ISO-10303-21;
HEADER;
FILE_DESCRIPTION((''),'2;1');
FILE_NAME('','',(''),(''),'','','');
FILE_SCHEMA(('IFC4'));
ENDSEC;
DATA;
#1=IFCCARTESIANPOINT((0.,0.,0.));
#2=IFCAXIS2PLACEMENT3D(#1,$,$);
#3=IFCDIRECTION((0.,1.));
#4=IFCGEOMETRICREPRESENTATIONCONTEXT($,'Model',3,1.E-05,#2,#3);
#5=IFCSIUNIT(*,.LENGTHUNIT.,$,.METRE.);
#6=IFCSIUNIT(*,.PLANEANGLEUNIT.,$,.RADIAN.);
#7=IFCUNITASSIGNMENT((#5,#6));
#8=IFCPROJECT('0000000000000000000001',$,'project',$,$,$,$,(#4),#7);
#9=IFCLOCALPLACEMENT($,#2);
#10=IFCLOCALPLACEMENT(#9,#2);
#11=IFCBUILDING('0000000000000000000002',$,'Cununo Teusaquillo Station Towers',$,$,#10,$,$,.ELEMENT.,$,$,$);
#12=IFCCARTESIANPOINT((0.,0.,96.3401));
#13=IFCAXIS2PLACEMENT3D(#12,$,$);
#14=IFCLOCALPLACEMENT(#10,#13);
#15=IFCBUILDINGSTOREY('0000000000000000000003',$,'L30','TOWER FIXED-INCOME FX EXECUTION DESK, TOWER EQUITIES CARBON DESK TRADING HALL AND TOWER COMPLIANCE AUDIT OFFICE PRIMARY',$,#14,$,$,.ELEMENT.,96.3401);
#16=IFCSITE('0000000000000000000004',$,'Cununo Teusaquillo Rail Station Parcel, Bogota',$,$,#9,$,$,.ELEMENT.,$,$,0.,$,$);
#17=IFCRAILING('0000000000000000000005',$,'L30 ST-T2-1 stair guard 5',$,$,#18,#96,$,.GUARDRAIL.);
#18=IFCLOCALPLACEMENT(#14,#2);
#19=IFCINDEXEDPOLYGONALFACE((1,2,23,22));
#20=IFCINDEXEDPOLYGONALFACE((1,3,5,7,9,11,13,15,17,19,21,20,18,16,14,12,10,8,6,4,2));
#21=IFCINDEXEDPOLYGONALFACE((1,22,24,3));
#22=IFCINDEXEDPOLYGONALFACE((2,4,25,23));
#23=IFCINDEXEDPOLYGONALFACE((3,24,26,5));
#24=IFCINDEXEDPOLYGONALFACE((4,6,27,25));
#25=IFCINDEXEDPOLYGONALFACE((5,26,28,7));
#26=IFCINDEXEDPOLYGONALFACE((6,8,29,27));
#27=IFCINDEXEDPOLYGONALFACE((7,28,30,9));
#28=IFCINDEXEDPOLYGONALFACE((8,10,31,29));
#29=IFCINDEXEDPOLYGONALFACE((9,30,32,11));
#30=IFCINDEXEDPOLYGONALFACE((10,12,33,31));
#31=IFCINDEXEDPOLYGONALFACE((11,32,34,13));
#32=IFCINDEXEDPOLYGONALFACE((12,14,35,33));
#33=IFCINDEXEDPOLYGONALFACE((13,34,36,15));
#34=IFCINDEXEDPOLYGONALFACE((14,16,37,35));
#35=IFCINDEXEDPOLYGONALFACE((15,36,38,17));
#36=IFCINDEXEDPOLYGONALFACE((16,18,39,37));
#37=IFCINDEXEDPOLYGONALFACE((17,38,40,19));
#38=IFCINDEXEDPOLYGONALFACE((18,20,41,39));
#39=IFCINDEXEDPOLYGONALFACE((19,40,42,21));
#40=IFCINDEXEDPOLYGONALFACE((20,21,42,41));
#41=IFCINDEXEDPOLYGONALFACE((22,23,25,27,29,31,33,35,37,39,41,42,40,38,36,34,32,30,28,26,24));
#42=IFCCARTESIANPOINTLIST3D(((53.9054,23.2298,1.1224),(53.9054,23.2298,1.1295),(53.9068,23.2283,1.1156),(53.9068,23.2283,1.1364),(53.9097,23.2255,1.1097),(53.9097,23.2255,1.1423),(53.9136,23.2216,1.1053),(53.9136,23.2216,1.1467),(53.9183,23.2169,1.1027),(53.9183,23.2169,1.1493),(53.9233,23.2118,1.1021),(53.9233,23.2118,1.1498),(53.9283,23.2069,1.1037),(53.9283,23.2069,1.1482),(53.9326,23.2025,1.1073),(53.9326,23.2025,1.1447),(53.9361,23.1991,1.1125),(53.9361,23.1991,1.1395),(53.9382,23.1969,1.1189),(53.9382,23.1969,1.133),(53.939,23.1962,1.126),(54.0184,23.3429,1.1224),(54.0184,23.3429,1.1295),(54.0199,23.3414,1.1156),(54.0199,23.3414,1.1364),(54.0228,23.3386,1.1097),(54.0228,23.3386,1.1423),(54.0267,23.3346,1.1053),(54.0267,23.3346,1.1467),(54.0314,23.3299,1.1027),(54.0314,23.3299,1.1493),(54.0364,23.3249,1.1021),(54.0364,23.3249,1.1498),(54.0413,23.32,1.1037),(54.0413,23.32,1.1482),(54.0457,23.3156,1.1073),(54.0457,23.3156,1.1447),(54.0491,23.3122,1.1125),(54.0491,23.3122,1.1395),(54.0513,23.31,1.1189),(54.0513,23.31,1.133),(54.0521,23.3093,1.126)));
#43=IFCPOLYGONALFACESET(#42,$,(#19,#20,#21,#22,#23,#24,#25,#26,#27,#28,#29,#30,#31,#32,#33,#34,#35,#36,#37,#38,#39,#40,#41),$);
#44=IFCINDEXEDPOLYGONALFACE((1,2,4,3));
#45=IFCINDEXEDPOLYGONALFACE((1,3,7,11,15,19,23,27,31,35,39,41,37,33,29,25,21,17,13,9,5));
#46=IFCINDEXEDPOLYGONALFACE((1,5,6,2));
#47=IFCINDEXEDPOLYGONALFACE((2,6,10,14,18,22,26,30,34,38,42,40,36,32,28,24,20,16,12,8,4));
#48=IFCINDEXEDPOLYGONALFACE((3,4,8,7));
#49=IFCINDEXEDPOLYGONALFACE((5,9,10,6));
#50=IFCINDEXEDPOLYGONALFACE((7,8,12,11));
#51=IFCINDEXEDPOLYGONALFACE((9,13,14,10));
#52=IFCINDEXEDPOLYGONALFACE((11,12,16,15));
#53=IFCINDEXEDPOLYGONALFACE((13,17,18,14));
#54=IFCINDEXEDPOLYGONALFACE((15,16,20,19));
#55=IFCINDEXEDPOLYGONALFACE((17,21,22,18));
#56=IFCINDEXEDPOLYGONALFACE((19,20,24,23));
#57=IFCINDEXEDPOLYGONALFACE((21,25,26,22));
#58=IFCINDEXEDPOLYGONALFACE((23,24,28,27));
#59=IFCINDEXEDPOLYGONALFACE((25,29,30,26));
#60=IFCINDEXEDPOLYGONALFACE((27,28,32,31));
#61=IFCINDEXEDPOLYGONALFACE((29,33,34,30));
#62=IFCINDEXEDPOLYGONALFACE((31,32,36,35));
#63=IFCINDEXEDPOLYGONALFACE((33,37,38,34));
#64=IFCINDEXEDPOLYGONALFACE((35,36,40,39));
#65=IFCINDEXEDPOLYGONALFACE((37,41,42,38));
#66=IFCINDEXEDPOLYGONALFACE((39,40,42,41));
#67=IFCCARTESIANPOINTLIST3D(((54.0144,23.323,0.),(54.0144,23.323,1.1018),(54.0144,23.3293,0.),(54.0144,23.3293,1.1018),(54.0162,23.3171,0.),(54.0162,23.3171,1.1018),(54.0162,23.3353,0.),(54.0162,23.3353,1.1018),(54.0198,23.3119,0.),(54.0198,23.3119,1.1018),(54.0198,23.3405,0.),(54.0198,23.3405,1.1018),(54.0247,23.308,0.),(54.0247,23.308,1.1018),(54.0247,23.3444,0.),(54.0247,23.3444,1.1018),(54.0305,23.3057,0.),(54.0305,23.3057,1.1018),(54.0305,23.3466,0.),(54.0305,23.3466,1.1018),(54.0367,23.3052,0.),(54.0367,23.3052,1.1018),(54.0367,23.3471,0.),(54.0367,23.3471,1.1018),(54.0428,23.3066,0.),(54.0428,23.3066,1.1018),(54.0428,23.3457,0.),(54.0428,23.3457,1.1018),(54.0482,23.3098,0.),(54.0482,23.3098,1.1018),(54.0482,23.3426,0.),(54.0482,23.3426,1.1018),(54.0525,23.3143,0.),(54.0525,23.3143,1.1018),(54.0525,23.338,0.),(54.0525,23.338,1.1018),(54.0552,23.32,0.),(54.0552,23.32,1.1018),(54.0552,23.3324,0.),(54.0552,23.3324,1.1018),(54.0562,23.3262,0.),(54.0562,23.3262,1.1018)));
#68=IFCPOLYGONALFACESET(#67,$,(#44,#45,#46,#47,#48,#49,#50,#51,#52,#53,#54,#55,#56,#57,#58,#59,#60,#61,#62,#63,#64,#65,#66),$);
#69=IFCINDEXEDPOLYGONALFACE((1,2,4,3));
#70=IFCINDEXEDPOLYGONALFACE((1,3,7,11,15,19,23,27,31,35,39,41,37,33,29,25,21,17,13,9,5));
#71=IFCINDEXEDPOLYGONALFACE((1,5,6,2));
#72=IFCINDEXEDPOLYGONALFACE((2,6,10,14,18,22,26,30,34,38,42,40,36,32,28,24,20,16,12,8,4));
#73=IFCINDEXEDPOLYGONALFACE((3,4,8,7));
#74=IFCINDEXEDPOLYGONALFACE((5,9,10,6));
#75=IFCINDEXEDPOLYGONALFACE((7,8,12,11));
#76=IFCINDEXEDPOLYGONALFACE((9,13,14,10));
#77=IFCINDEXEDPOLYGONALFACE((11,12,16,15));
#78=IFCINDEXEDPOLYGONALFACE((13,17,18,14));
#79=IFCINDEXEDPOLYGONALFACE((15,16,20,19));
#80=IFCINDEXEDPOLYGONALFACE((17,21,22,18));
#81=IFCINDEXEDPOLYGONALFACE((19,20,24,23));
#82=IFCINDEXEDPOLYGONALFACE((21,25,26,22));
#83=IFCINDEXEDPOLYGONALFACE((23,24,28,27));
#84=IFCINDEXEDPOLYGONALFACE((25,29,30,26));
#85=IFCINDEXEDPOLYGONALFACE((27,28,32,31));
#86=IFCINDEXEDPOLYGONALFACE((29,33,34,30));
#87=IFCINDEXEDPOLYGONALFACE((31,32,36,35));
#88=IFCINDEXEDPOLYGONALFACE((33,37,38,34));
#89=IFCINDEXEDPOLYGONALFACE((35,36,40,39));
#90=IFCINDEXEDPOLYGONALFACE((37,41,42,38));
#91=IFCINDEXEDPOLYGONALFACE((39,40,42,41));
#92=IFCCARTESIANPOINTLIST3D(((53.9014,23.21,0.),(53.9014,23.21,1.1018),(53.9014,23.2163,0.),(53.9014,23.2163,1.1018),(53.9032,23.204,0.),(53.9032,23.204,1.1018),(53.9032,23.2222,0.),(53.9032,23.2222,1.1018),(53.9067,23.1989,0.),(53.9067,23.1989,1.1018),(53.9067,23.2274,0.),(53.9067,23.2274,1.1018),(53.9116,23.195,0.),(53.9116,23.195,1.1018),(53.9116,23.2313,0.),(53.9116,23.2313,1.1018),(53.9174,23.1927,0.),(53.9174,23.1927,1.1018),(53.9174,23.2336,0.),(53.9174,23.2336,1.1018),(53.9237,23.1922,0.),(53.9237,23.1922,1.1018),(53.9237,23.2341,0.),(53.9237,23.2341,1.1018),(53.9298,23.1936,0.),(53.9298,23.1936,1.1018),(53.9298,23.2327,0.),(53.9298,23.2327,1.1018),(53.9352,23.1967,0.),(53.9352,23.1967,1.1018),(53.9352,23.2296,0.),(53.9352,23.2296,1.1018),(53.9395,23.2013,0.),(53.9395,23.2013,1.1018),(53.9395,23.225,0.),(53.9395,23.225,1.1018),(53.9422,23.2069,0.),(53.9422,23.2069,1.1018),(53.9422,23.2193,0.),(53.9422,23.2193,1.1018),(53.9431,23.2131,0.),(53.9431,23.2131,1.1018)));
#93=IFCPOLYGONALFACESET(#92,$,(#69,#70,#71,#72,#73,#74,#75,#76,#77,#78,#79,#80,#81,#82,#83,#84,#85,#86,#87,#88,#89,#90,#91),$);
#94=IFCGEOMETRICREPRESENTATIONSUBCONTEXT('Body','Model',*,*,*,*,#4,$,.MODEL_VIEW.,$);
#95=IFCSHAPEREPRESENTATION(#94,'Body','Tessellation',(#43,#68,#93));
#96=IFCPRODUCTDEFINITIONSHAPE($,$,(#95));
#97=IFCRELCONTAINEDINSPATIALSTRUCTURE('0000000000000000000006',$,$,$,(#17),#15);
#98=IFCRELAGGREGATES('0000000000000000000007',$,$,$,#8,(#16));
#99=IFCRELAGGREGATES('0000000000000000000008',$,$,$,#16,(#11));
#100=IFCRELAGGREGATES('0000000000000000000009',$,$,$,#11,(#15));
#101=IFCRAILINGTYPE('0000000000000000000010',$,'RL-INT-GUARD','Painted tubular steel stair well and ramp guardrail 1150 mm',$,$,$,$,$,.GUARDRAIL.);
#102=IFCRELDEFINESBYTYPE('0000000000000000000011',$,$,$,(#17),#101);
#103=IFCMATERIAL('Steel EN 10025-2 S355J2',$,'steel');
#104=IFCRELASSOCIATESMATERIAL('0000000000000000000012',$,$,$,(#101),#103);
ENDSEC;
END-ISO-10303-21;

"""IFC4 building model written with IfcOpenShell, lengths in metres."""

from ifc_helpers import new_model, si_unit, direction, frame, origin, origin_2d, place, context, subcontext, project, spatial, circle, extrude, material, type_object, element, save


model = new_model("IFC4")

# Units and contexts
model_context = context("Model", 3, precision=1e-05, world=origin(), true_north=direction((0.0, 1.0)))
body_context = subcontext(model_context, "Body", "Model", "MODEL_VIEW")
ifc_project = project(units=[si_unit("LENGTHUNIT", "METRE"), si_unit("PLANEANGLEUNIT", "RADIAN")], contexts=[model_context])

# Site, building, storey
site_placement = place(None, origin())
site = spatial("IfcSite", under=ifc_project, at=site_placement, Name="Cununo Teusaquillo Rail Station Parcel, Bogota", CompositionType="ELEMENT", RefElevation=0.0)
building_placement = place(site_placement, origin())
building = spatial("IfcBuilding", under=site, at=building_placement, Name="Cununo Teusaquillo Station Towers", CompositionType="ELEMENT")
storey_placement = place(building_placement, frame((0.0, 0.0, 96.3401)))
storey = spatial("IfcBuildingStorey", under=building, at=storey_placement, Name="L30", Description="TOWER FIXED-INCOME FX EXECUTION DESK, TOWER EQUITIES CARBON DESK TRADING HALL AND TOWER COMPLIANCE AUDIT OFFICE PRIMARY", CompositionType="ELEMENT", Elevation=96.3401)

# Railing
ifc_material_1 = material(Name="Steel EN 10025-2 S355J2", Category="steel")
railing_type_1 = type_object("IfcRailingType", Name="RL-INT-GUARD", Description="Painted tubular steel stair well and ramp guardrail 1150 mm", PredefinedType="GUARDRAIL", material=ifc_material_1)
railing_1_placement = place(storey_placement, frame((54.0352, 23.3262, 0.0)))
element("IfcRailing", 1, at=railing_1_placement, inside=storey, type_object=railing_type_1, Name="L30 ST-T2-1 stair guard 5", PredefinedType="GUARDRAIL", context=body_context, shape_type="SweptSolid", body=[
    extrude(circle(Radius=0.0239, at=origin_2d()), frame((0.0, 0.0, 1.126), z_axis=(-0.707107, -0.707107, 0.0), x_axis=(0.707107, -0.707107, 0.0)), (0.0, 0.0, 1.0), 0.1599),
    extrude(circle(Radius=0.021, at=origin_2d()), origin(), (0.0, 0.0, 1.0), 1.1018),
    extrude(circle(Radius=0.021, at=origin_2d()), frame((-0.113, -0.113, 0.0)), (0.0, 0.0, 1.0), 1.1018),
])

save(model, "model.ifc")
